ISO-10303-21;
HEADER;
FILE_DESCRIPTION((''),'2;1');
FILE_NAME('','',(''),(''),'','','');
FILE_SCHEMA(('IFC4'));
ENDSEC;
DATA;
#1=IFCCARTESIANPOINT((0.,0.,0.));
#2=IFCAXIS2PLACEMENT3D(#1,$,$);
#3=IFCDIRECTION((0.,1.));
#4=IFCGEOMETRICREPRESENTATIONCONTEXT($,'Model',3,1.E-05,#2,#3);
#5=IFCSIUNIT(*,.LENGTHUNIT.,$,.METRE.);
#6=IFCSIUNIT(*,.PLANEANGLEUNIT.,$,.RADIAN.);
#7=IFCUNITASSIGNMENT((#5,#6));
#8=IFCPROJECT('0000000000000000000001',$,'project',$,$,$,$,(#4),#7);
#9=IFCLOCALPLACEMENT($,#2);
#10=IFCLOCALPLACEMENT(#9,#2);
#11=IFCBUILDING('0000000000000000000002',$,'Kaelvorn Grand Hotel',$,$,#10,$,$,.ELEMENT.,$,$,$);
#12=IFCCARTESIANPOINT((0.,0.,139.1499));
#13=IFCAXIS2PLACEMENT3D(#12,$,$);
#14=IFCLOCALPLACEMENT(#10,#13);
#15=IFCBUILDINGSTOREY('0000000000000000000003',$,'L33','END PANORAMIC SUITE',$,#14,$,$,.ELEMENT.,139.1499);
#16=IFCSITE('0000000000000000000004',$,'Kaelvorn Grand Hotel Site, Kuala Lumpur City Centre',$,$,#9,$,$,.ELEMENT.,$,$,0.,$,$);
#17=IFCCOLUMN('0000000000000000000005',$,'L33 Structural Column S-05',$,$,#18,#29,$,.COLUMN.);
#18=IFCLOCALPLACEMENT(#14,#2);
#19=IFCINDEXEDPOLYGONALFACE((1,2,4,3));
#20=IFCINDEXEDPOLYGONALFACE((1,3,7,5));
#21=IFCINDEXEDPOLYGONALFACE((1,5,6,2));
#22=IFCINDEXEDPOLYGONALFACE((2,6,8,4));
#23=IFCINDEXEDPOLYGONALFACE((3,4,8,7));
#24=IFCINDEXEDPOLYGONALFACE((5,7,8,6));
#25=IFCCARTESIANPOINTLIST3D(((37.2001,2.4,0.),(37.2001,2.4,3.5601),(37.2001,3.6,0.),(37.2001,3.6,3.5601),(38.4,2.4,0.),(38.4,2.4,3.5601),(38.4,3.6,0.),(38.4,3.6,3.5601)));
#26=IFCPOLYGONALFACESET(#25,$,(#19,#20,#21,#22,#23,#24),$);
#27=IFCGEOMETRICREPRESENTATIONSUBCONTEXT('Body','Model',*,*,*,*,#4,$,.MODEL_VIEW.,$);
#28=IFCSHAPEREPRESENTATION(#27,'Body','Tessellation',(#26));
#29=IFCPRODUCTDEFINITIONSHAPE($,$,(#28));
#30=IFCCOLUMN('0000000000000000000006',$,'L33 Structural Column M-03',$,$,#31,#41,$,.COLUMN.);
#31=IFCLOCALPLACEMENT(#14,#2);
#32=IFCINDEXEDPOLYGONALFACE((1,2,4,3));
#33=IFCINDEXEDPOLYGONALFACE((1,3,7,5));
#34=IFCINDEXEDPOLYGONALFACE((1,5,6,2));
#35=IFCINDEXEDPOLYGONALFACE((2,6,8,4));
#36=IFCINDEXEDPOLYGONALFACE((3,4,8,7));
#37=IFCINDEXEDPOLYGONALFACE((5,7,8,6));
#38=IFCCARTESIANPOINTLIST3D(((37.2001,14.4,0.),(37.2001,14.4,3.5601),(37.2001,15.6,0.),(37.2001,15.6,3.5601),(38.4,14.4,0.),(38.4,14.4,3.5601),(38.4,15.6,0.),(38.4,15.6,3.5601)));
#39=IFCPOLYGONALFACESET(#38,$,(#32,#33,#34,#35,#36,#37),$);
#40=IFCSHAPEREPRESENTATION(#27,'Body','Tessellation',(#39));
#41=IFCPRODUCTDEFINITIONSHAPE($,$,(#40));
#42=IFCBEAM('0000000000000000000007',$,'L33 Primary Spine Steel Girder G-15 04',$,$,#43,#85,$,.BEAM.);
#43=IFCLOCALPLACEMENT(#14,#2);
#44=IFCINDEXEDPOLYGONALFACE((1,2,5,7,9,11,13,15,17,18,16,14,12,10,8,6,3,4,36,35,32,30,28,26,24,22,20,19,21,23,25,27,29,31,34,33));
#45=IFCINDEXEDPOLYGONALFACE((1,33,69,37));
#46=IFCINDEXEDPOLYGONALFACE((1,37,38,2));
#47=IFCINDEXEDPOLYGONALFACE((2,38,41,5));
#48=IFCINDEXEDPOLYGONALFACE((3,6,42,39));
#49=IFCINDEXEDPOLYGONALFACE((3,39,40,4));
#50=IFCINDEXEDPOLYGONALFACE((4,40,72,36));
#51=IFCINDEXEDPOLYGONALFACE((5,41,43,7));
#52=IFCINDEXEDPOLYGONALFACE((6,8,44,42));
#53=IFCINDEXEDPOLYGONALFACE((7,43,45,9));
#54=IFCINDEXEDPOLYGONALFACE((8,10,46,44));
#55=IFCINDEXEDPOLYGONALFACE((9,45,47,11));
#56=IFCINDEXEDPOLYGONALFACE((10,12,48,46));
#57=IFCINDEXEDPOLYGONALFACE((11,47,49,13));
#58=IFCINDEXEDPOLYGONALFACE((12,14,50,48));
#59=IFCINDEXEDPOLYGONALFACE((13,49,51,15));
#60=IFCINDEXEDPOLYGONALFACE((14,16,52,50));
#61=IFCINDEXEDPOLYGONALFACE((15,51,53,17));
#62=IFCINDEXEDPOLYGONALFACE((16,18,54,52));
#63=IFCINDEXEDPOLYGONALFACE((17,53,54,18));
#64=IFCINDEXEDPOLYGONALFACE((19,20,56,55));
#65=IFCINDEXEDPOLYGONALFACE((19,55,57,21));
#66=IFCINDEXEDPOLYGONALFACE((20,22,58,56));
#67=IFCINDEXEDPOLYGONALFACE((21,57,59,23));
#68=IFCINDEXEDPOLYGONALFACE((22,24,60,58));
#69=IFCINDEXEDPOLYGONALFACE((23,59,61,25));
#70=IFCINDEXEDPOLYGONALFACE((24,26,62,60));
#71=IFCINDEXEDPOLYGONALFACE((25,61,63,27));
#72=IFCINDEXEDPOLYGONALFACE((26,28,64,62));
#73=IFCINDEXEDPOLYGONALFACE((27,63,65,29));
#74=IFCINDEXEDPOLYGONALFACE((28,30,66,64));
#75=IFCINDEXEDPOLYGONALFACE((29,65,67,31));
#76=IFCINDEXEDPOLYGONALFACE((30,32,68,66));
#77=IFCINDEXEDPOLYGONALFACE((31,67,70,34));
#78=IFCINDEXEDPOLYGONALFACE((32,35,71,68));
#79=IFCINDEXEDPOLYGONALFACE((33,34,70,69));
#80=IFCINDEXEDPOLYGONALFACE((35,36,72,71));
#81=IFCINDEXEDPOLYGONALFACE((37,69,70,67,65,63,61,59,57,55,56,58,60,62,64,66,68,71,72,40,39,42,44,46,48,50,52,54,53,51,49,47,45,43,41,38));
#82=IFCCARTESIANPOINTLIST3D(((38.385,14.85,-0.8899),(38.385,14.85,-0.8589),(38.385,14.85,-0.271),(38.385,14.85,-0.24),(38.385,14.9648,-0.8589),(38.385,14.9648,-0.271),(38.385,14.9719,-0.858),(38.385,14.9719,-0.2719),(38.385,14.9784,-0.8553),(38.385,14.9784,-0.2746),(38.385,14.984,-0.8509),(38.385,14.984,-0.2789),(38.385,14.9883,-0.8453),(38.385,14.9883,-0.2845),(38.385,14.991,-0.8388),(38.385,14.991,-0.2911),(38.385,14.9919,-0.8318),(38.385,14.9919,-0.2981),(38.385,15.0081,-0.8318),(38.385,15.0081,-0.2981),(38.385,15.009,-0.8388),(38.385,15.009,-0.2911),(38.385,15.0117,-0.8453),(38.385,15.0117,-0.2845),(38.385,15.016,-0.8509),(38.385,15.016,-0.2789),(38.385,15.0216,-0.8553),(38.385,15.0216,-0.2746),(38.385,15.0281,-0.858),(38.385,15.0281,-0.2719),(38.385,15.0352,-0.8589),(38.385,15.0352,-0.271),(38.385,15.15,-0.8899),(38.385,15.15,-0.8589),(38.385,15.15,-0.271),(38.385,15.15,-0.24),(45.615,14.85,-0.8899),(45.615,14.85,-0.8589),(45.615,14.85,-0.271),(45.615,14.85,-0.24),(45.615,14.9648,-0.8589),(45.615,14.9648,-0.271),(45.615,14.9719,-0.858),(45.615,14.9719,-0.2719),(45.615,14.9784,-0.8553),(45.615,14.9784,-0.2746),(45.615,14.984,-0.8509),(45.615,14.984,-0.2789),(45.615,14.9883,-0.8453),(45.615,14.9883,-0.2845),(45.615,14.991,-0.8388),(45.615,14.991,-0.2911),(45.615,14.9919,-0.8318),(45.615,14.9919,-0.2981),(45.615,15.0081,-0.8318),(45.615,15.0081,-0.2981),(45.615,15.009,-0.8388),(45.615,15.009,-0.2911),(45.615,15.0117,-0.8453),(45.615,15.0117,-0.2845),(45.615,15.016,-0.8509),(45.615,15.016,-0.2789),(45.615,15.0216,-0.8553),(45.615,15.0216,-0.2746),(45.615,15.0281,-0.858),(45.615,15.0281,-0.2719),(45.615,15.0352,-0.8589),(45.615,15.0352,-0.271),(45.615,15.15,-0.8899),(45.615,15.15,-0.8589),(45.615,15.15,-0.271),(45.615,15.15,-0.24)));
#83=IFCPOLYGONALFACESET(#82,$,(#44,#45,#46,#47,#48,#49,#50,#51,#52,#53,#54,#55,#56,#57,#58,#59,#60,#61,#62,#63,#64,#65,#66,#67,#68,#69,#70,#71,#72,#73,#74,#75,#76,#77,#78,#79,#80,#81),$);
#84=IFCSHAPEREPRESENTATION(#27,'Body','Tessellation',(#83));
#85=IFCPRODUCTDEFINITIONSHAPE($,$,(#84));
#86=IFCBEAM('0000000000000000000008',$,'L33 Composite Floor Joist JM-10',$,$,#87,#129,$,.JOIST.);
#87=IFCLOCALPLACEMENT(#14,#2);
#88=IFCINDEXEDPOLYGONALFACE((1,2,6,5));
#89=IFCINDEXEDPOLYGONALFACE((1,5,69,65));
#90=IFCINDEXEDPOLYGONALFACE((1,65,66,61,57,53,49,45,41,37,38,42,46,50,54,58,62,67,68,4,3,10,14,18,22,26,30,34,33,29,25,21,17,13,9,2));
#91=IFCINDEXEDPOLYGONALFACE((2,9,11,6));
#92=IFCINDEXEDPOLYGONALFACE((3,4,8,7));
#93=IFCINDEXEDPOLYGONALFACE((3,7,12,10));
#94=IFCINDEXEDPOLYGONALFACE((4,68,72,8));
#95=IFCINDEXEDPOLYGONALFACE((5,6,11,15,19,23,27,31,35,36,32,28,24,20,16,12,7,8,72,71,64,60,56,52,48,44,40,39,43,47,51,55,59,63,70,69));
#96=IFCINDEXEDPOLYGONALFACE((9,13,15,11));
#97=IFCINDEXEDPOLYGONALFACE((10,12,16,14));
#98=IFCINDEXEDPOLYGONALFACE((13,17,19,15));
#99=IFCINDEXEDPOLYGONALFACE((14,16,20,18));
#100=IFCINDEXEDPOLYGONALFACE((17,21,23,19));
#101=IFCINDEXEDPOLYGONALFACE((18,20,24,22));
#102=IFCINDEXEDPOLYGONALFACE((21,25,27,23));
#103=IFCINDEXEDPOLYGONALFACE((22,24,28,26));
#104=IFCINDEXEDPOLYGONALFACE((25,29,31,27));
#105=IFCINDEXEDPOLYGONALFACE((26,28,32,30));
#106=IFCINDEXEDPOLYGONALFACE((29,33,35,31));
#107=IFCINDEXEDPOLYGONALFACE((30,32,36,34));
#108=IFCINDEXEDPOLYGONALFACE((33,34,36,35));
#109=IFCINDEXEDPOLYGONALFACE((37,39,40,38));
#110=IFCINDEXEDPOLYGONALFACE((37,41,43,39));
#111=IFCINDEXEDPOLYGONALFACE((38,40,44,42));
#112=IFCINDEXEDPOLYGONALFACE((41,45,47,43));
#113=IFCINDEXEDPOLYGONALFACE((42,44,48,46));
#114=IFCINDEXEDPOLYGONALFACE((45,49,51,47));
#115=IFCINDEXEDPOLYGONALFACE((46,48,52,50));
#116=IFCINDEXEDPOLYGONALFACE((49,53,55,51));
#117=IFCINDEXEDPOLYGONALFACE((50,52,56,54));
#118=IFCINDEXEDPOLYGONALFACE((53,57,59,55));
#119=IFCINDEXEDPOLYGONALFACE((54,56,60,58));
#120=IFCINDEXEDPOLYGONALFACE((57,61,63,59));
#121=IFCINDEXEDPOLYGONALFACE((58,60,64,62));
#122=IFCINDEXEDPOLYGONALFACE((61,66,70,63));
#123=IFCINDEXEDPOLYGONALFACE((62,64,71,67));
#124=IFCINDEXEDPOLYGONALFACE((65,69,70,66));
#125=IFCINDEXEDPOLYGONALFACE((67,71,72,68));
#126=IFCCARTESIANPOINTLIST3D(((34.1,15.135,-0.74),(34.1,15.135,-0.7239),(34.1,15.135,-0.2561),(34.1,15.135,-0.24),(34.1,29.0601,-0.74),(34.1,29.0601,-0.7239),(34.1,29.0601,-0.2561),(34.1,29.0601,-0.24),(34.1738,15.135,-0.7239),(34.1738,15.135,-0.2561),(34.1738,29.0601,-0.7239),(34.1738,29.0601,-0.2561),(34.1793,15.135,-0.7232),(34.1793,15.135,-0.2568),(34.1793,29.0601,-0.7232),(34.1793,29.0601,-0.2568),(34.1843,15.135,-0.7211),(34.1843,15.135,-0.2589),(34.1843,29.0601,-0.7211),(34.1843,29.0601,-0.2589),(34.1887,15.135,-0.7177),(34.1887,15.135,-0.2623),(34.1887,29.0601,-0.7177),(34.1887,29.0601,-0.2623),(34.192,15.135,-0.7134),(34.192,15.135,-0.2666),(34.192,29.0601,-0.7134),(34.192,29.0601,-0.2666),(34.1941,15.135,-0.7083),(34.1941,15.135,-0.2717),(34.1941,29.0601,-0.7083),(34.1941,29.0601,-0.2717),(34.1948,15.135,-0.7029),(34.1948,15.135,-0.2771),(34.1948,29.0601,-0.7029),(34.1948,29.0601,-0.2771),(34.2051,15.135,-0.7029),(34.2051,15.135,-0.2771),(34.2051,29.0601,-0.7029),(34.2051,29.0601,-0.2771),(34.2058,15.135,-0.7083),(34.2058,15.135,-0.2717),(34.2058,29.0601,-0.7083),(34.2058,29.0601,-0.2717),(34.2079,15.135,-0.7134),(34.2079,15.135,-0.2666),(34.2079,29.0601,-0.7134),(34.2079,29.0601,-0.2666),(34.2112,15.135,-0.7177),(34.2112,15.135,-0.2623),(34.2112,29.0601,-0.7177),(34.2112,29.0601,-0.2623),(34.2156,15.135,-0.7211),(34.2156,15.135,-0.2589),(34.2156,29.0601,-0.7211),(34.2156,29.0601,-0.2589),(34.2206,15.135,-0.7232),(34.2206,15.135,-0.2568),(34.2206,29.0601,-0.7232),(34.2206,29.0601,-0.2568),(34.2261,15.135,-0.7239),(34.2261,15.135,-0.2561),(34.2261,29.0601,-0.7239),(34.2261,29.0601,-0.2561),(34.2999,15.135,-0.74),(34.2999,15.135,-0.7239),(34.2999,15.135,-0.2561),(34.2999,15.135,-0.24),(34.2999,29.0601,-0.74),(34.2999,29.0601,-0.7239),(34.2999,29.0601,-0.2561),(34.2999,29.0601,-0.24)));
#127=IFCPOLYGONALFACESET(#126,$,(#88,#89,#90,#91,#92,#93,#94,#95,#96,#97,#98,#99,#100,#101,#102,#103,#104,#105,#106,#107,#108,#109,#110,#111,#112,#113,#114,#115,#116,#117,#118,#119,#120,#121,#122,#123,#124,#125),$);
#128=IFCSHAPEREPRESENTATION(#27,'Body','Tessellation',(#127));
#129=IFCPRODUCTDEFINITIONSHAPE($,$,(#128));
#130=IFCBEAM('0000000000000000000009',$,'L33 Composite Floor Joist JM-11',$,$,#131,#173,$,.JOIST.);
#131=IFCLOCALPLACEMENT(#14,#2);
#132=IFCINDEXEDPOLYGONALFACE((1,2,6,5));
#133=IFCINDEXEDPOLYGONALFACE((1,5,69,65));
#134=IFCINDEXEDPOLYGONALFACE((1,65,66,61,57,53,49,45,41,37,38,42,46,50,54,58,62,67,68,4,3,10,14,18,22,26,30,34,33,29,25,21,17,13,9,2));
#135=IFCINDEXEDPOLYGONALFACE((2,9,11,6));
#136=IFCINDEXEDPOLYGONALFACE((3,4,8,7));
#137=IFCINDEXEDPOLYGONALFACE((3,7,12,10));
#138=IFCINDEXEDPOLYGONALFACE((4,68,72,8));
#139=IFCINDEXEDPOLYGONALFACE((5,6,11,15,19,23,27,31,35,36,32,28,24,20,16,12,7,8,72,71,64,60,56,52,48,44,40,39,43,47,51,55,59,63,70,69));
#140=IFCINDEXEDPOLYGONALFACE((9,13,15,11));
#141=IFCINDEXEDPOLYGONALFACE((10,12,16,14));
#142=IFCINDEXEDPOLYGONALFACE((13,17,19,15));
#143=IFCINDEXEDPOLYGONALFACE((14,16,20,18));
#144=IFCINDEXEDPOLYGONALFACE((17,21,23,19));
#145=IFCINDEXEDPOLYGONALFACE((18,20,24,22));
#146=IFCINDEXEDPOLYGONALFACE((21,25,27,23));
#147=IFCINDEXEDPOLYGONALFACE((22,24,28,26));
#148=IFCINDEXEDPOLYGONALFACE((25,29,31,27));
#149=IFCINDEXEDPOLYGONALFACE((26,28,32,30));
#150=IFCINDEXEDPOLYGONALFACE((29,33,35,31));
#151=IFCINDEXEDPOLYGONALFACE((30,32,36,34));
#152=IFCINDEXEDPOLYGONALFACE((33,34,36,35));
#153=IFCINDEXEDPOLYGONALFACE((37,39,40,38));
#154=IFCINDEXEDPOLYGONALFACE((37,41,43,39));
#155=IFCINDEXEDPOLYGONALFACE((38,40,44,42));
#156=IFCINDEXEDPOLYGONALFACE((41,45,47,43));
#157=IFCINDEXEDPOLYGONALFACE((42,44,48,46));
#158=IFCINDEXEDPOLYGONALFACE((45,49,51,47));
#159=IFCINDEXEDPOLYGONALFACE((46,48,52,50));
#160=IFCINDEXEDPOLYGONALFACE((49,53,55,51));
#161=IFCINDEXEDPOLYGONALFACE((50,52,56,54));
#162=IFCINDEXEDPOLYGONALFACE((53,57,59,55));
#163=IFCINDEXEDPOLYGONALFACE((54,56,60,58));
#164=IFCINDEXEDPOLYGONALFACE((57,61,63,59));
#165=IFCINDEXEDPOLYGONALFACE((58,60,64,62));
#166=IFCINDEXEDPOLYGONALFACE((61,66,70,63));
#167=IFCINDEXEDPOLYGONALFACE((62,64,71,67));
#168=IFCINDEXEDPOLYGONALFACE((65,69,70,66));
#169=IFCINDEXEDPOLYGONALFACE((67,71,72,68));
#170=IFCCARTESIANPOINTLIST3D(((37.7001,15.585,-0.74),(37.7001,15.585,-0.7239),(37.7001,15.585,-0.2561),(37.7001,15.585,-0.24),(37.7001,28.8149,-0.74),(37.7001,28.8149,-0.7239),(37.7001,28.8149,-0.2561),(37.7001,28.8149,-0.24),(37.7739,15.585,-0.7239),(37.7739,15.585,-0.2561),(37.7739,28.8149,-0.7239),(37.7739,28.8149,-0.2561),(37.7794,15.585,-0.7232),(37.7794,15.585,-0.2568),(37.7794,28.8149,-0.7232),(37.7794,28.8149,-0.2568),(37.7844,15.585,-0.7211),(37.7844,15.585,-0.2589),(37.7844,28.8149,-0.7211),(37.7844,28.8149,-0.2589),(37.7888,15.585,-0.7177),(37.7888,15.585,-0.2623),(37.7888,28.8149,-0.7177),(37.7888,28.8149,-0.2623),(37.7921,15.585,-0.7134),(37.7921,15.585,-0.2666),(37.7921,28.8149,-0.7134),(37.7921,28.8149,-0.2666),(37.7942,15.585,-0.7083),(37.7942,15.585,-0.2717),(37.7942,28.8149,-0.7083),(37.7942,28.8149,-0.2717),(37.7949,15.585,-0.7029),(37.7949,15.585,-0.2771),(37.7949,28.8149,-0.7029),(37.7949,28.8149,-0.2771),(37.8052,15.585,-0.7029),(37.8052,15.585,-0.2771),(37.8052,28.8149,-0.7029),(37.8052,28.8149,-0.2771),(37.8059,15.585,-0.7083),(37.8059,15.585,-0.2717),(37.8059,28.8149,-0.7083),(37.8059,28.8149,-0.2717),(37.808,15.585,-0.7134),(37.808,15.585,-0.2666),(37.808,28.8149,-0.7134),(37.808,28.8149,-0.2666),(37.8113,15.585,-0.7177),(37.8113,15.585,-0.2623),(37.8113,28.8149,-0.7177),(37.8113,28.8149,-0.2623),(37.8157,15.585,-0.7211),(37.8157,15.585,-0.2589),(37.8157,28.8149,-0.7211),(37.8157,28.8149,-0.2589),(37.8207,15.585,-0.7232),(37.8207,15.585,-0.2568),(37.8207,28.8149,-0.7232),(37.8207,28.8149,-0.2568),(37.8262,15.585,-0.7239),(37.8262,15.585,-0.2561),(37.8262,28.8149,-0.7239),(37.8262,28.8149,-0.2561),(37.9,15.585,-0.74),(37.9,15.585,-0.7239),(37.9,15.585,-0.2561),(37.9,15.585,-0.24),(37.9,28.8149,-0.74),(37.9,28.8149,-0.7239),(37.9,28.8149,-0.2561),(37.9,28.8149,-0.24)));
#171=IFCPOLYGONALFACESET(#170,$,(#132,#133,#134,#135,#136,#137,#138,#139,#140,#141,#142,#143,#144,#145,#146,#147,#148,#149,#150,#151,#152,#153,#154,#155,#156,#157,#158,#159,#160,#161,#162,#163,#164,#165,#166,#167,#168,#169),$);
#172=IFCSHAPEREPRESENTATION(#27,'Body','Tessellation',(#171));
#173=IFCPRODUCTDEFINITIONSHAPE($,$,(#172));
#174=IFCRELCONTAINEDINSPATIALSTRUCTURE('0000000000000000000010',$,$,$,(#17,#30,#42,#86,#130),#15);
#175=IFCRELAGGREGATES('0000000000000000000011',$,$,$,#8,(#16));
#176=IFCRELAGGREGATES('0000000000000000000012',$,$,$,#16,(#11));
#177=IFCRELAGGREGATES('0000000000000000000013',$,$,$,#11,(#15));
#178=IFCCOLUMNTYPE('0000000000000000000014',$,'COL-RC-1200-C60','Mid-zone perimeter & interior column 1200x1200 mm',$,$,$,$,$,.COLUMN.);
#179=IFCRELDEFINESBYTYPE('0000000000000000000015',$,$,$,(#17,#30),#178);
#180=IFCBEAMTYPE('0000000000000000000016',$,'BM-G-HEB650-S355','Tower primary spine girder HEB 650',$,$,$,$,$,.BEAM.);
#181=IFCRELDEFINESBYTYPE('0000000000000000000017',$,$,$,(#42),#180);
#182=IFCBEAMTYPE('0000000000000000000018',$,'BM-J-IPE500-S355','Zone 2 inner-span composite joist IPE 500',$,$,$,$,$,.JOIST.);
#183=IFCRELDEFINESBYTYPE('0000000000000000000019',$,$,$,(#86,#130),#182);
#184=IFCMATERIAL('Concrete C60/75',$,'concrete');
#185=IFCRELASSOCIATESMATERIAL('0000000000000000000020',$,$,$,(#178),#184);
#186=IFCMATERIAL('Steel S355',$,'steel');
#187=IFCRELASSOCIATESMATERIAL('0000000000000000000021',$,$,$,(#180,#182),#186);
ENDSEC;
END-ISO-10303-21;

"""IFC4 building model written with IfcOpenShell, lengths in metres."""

from ifc_helpers import new_model, si_unit, direction, frame, origin, origin_2d, place, context, subcontext, project, spatial, rectangle, i_section, extrude, material, material_profile, profile_set, type_object, element, save


model = new_model("IFC4")

# Units and contexts
model_context = context("Model", 3, precision=1e-05, world=origin(), true_north=direction((0.0, 1.0)))
body_context = subcontext(model_context, "Body", "Model", "MODEL_VIEW")
ifc_project = project(units=[si_unit("LENGTHUNIT", "METRE"), si_unit("PLANEANGLEUNIT", "RADIAN")], contexts=[model_context])

# Site, building, storey
site_placement = place(None, origin())
site = spatial("IfcSite", under=ifc_project, at=site_placement, Name="Kaelvorn Grand Hotel Site, Kuala Lumpur City Centre", CompositionType="ELEMENT", RefElevation=0.0)
building_placement = place(site_placement, origin())
building = spatial("IfcBuilding", under=site, at=building_placement, Name="Kaelvorn Grand Hotel", CompositionType="ELEMENT")
storey_placement = place(building_placement, frame((0.0, 0.0, 139.1499)))
storey = spatial("IfcBuildingStorey", under=building, at=storey_placement, Name="L33", Description="END PANORAMIC SUITE", CompositionType="ELEMENT", Elevation=139.1499)

# Columns
ifc_material_1 = material(Name="Concrete C60/75", Category="concrete")
ifc_material_profile_1 = material_profile(ifc_material_1, rectangle(XDim=1.2, YDim=1.2, at=origin_2d()), Name="RC COL 1200x1200")
ifc_profile_set_1 = profile_set([ifc_material_profile_1], Name="Concrete C60/75")
column_type = type_object("IfcColumnType", Name="COL-RC-1200-C60", Description="Mid-zone perimeter & interior column 1200x1200 mm", PredefinedType="COLUMN", material=ifc_profile_set_1)
for number, where, z_axis, x_axis, name in (
    (1, (37.8, 3.0, 0.0), (0.0, 0.0, 1.0), (1.0, 0.0, 0.0), "L33 Structural Column S-05"),
    (2, (37.8, 15.0, 0.0), (0.0, 0.0, 1.0), (1.0, 0.0, 0.0), "L33 Structural Column M-03"),
):
    element("IfcColumn", number, at=place(storey_placement, frame(where, z_axis=z_axis, x_axis=x_axis)), inside=storey, type_object=column_type, Name=name, PredefinedType="COLUMN", context=body_context, shape_type="SweptSolid", body=[
        extrude(rectangle(XDim=1.2, YDim=1.2, at=origin_2d()), origin(), (0.0, 0.0, 1.0), 3.5601),
    ])

# Beams
ifc_material_2 = material(Name="Steel S355", Category="steel")
ifc_material_profile_2 = material_profile(ifc_material_2, i_section(OverallWidth=0.3, OverallDepth=0.6499, WebThickness=0.0161, FlangeThickness=0.031, FilletRadius=0.0271, at=origin_2d()), Name="HEB 650")
ifc_profile_set_2 = profile_set([ifc_material_profile_2], Name="Steel S355")
beam_type_1 = type_object("IfcBeamType", Name="BM-G-HEB650-S355", Description="Tower primary spine girder HEB 650", PredefinedType="BEAM", material=ifc_profile_set_2)
beam_1_placement = place(storey_placement, frame((38.385, 15.0, -0.5649), z_axis=(1.0, 0.0, 0.0), x_axis=(0.0, 1.0, 0.0)))
element("IfcBeam", 3, at=beam_1_placement, inside=storey, type_object=beam_type_1, Name="L33 Primary Spine Steel Girder G-15 04", PredefinedType="BEAM", context=body_context, shape_type="SweptSolid", body=[
    extrude(i_section(OverallWidth=0.3, OverallDepth=0.6499, WebThickness=0.0161, FlangeThickness=0.031, FilletRadius=0.0271, at=origin_2d()), origin(), (0.0, 0.0, 1.0), 7.23),
])
ifc_material_profile_3 = material_profile(ifc_material_2, i_section(OverallWidth=0.2, OverallDepth=0.5, WebThickness=0.0103, FlangeThickness=0.0161, FilletRadius=0.021, at=origin_2d()), Name="IPE 500")
ifc_profile_set_3 = profile_set([ifc_material_profile_3], Name="Steel S355")
beam_type_2 = type_object("IfcBeamType", Name="BM-J-IPE500-S355", Description="Zone 2 inner-span composite joist IPE 500", PredefinedType="JOIST", material=ifc_profile_set_3)
beam_2_placement = place(storey_placement, frame((34.2, 15.135, -0.49), z_axis=(0.0, 1.0, 0.0), x_axis=(-1.0, 0.0, 0.0)))
element("IfcBeam", 4, at=beam_2_placement, inside=storey, type_object=beam_type_2, Name="L33 Composite Floor Joist JM-10", PredefinedType="JOIST", context=body_context, shape_type="SweptSolid", body=[
    extrude(i_section(OverallWidth=0.2, OverallDepth=0.5, WebThickness=0.0103, FlangeThickness=0.0161, FilletRadius=0.021, at=origin_2d()), origin(), (0.0, 0.0, 1.0), 13.925),
])
beam_3_placement = place(storey_placement, frame((37.8, 15.585, -0.49), z_axis=(0.0, 1.0, 0.0), x_axis=(-1.0, 0.0, 0.0)))
element("IfcBeam", 5, at=beam_3_placement, inside=storey, type_object=beam_type_2, Name="L33 Composite Floor Joist JM-11", PredefinedType="JOIST", context=body_context, shape_type="SweptSolid", body=[
    extrude(i_section(OverallWidth=0.2, OverallDepth=0.5, WebThickness=0.0103, FlangeThickness=0.0161, FilletRadius=0.021, at=origin_2d()), origin(), (0.0, 0.0, 1.0), 13.23),
])

save(model, "model.ifc")
